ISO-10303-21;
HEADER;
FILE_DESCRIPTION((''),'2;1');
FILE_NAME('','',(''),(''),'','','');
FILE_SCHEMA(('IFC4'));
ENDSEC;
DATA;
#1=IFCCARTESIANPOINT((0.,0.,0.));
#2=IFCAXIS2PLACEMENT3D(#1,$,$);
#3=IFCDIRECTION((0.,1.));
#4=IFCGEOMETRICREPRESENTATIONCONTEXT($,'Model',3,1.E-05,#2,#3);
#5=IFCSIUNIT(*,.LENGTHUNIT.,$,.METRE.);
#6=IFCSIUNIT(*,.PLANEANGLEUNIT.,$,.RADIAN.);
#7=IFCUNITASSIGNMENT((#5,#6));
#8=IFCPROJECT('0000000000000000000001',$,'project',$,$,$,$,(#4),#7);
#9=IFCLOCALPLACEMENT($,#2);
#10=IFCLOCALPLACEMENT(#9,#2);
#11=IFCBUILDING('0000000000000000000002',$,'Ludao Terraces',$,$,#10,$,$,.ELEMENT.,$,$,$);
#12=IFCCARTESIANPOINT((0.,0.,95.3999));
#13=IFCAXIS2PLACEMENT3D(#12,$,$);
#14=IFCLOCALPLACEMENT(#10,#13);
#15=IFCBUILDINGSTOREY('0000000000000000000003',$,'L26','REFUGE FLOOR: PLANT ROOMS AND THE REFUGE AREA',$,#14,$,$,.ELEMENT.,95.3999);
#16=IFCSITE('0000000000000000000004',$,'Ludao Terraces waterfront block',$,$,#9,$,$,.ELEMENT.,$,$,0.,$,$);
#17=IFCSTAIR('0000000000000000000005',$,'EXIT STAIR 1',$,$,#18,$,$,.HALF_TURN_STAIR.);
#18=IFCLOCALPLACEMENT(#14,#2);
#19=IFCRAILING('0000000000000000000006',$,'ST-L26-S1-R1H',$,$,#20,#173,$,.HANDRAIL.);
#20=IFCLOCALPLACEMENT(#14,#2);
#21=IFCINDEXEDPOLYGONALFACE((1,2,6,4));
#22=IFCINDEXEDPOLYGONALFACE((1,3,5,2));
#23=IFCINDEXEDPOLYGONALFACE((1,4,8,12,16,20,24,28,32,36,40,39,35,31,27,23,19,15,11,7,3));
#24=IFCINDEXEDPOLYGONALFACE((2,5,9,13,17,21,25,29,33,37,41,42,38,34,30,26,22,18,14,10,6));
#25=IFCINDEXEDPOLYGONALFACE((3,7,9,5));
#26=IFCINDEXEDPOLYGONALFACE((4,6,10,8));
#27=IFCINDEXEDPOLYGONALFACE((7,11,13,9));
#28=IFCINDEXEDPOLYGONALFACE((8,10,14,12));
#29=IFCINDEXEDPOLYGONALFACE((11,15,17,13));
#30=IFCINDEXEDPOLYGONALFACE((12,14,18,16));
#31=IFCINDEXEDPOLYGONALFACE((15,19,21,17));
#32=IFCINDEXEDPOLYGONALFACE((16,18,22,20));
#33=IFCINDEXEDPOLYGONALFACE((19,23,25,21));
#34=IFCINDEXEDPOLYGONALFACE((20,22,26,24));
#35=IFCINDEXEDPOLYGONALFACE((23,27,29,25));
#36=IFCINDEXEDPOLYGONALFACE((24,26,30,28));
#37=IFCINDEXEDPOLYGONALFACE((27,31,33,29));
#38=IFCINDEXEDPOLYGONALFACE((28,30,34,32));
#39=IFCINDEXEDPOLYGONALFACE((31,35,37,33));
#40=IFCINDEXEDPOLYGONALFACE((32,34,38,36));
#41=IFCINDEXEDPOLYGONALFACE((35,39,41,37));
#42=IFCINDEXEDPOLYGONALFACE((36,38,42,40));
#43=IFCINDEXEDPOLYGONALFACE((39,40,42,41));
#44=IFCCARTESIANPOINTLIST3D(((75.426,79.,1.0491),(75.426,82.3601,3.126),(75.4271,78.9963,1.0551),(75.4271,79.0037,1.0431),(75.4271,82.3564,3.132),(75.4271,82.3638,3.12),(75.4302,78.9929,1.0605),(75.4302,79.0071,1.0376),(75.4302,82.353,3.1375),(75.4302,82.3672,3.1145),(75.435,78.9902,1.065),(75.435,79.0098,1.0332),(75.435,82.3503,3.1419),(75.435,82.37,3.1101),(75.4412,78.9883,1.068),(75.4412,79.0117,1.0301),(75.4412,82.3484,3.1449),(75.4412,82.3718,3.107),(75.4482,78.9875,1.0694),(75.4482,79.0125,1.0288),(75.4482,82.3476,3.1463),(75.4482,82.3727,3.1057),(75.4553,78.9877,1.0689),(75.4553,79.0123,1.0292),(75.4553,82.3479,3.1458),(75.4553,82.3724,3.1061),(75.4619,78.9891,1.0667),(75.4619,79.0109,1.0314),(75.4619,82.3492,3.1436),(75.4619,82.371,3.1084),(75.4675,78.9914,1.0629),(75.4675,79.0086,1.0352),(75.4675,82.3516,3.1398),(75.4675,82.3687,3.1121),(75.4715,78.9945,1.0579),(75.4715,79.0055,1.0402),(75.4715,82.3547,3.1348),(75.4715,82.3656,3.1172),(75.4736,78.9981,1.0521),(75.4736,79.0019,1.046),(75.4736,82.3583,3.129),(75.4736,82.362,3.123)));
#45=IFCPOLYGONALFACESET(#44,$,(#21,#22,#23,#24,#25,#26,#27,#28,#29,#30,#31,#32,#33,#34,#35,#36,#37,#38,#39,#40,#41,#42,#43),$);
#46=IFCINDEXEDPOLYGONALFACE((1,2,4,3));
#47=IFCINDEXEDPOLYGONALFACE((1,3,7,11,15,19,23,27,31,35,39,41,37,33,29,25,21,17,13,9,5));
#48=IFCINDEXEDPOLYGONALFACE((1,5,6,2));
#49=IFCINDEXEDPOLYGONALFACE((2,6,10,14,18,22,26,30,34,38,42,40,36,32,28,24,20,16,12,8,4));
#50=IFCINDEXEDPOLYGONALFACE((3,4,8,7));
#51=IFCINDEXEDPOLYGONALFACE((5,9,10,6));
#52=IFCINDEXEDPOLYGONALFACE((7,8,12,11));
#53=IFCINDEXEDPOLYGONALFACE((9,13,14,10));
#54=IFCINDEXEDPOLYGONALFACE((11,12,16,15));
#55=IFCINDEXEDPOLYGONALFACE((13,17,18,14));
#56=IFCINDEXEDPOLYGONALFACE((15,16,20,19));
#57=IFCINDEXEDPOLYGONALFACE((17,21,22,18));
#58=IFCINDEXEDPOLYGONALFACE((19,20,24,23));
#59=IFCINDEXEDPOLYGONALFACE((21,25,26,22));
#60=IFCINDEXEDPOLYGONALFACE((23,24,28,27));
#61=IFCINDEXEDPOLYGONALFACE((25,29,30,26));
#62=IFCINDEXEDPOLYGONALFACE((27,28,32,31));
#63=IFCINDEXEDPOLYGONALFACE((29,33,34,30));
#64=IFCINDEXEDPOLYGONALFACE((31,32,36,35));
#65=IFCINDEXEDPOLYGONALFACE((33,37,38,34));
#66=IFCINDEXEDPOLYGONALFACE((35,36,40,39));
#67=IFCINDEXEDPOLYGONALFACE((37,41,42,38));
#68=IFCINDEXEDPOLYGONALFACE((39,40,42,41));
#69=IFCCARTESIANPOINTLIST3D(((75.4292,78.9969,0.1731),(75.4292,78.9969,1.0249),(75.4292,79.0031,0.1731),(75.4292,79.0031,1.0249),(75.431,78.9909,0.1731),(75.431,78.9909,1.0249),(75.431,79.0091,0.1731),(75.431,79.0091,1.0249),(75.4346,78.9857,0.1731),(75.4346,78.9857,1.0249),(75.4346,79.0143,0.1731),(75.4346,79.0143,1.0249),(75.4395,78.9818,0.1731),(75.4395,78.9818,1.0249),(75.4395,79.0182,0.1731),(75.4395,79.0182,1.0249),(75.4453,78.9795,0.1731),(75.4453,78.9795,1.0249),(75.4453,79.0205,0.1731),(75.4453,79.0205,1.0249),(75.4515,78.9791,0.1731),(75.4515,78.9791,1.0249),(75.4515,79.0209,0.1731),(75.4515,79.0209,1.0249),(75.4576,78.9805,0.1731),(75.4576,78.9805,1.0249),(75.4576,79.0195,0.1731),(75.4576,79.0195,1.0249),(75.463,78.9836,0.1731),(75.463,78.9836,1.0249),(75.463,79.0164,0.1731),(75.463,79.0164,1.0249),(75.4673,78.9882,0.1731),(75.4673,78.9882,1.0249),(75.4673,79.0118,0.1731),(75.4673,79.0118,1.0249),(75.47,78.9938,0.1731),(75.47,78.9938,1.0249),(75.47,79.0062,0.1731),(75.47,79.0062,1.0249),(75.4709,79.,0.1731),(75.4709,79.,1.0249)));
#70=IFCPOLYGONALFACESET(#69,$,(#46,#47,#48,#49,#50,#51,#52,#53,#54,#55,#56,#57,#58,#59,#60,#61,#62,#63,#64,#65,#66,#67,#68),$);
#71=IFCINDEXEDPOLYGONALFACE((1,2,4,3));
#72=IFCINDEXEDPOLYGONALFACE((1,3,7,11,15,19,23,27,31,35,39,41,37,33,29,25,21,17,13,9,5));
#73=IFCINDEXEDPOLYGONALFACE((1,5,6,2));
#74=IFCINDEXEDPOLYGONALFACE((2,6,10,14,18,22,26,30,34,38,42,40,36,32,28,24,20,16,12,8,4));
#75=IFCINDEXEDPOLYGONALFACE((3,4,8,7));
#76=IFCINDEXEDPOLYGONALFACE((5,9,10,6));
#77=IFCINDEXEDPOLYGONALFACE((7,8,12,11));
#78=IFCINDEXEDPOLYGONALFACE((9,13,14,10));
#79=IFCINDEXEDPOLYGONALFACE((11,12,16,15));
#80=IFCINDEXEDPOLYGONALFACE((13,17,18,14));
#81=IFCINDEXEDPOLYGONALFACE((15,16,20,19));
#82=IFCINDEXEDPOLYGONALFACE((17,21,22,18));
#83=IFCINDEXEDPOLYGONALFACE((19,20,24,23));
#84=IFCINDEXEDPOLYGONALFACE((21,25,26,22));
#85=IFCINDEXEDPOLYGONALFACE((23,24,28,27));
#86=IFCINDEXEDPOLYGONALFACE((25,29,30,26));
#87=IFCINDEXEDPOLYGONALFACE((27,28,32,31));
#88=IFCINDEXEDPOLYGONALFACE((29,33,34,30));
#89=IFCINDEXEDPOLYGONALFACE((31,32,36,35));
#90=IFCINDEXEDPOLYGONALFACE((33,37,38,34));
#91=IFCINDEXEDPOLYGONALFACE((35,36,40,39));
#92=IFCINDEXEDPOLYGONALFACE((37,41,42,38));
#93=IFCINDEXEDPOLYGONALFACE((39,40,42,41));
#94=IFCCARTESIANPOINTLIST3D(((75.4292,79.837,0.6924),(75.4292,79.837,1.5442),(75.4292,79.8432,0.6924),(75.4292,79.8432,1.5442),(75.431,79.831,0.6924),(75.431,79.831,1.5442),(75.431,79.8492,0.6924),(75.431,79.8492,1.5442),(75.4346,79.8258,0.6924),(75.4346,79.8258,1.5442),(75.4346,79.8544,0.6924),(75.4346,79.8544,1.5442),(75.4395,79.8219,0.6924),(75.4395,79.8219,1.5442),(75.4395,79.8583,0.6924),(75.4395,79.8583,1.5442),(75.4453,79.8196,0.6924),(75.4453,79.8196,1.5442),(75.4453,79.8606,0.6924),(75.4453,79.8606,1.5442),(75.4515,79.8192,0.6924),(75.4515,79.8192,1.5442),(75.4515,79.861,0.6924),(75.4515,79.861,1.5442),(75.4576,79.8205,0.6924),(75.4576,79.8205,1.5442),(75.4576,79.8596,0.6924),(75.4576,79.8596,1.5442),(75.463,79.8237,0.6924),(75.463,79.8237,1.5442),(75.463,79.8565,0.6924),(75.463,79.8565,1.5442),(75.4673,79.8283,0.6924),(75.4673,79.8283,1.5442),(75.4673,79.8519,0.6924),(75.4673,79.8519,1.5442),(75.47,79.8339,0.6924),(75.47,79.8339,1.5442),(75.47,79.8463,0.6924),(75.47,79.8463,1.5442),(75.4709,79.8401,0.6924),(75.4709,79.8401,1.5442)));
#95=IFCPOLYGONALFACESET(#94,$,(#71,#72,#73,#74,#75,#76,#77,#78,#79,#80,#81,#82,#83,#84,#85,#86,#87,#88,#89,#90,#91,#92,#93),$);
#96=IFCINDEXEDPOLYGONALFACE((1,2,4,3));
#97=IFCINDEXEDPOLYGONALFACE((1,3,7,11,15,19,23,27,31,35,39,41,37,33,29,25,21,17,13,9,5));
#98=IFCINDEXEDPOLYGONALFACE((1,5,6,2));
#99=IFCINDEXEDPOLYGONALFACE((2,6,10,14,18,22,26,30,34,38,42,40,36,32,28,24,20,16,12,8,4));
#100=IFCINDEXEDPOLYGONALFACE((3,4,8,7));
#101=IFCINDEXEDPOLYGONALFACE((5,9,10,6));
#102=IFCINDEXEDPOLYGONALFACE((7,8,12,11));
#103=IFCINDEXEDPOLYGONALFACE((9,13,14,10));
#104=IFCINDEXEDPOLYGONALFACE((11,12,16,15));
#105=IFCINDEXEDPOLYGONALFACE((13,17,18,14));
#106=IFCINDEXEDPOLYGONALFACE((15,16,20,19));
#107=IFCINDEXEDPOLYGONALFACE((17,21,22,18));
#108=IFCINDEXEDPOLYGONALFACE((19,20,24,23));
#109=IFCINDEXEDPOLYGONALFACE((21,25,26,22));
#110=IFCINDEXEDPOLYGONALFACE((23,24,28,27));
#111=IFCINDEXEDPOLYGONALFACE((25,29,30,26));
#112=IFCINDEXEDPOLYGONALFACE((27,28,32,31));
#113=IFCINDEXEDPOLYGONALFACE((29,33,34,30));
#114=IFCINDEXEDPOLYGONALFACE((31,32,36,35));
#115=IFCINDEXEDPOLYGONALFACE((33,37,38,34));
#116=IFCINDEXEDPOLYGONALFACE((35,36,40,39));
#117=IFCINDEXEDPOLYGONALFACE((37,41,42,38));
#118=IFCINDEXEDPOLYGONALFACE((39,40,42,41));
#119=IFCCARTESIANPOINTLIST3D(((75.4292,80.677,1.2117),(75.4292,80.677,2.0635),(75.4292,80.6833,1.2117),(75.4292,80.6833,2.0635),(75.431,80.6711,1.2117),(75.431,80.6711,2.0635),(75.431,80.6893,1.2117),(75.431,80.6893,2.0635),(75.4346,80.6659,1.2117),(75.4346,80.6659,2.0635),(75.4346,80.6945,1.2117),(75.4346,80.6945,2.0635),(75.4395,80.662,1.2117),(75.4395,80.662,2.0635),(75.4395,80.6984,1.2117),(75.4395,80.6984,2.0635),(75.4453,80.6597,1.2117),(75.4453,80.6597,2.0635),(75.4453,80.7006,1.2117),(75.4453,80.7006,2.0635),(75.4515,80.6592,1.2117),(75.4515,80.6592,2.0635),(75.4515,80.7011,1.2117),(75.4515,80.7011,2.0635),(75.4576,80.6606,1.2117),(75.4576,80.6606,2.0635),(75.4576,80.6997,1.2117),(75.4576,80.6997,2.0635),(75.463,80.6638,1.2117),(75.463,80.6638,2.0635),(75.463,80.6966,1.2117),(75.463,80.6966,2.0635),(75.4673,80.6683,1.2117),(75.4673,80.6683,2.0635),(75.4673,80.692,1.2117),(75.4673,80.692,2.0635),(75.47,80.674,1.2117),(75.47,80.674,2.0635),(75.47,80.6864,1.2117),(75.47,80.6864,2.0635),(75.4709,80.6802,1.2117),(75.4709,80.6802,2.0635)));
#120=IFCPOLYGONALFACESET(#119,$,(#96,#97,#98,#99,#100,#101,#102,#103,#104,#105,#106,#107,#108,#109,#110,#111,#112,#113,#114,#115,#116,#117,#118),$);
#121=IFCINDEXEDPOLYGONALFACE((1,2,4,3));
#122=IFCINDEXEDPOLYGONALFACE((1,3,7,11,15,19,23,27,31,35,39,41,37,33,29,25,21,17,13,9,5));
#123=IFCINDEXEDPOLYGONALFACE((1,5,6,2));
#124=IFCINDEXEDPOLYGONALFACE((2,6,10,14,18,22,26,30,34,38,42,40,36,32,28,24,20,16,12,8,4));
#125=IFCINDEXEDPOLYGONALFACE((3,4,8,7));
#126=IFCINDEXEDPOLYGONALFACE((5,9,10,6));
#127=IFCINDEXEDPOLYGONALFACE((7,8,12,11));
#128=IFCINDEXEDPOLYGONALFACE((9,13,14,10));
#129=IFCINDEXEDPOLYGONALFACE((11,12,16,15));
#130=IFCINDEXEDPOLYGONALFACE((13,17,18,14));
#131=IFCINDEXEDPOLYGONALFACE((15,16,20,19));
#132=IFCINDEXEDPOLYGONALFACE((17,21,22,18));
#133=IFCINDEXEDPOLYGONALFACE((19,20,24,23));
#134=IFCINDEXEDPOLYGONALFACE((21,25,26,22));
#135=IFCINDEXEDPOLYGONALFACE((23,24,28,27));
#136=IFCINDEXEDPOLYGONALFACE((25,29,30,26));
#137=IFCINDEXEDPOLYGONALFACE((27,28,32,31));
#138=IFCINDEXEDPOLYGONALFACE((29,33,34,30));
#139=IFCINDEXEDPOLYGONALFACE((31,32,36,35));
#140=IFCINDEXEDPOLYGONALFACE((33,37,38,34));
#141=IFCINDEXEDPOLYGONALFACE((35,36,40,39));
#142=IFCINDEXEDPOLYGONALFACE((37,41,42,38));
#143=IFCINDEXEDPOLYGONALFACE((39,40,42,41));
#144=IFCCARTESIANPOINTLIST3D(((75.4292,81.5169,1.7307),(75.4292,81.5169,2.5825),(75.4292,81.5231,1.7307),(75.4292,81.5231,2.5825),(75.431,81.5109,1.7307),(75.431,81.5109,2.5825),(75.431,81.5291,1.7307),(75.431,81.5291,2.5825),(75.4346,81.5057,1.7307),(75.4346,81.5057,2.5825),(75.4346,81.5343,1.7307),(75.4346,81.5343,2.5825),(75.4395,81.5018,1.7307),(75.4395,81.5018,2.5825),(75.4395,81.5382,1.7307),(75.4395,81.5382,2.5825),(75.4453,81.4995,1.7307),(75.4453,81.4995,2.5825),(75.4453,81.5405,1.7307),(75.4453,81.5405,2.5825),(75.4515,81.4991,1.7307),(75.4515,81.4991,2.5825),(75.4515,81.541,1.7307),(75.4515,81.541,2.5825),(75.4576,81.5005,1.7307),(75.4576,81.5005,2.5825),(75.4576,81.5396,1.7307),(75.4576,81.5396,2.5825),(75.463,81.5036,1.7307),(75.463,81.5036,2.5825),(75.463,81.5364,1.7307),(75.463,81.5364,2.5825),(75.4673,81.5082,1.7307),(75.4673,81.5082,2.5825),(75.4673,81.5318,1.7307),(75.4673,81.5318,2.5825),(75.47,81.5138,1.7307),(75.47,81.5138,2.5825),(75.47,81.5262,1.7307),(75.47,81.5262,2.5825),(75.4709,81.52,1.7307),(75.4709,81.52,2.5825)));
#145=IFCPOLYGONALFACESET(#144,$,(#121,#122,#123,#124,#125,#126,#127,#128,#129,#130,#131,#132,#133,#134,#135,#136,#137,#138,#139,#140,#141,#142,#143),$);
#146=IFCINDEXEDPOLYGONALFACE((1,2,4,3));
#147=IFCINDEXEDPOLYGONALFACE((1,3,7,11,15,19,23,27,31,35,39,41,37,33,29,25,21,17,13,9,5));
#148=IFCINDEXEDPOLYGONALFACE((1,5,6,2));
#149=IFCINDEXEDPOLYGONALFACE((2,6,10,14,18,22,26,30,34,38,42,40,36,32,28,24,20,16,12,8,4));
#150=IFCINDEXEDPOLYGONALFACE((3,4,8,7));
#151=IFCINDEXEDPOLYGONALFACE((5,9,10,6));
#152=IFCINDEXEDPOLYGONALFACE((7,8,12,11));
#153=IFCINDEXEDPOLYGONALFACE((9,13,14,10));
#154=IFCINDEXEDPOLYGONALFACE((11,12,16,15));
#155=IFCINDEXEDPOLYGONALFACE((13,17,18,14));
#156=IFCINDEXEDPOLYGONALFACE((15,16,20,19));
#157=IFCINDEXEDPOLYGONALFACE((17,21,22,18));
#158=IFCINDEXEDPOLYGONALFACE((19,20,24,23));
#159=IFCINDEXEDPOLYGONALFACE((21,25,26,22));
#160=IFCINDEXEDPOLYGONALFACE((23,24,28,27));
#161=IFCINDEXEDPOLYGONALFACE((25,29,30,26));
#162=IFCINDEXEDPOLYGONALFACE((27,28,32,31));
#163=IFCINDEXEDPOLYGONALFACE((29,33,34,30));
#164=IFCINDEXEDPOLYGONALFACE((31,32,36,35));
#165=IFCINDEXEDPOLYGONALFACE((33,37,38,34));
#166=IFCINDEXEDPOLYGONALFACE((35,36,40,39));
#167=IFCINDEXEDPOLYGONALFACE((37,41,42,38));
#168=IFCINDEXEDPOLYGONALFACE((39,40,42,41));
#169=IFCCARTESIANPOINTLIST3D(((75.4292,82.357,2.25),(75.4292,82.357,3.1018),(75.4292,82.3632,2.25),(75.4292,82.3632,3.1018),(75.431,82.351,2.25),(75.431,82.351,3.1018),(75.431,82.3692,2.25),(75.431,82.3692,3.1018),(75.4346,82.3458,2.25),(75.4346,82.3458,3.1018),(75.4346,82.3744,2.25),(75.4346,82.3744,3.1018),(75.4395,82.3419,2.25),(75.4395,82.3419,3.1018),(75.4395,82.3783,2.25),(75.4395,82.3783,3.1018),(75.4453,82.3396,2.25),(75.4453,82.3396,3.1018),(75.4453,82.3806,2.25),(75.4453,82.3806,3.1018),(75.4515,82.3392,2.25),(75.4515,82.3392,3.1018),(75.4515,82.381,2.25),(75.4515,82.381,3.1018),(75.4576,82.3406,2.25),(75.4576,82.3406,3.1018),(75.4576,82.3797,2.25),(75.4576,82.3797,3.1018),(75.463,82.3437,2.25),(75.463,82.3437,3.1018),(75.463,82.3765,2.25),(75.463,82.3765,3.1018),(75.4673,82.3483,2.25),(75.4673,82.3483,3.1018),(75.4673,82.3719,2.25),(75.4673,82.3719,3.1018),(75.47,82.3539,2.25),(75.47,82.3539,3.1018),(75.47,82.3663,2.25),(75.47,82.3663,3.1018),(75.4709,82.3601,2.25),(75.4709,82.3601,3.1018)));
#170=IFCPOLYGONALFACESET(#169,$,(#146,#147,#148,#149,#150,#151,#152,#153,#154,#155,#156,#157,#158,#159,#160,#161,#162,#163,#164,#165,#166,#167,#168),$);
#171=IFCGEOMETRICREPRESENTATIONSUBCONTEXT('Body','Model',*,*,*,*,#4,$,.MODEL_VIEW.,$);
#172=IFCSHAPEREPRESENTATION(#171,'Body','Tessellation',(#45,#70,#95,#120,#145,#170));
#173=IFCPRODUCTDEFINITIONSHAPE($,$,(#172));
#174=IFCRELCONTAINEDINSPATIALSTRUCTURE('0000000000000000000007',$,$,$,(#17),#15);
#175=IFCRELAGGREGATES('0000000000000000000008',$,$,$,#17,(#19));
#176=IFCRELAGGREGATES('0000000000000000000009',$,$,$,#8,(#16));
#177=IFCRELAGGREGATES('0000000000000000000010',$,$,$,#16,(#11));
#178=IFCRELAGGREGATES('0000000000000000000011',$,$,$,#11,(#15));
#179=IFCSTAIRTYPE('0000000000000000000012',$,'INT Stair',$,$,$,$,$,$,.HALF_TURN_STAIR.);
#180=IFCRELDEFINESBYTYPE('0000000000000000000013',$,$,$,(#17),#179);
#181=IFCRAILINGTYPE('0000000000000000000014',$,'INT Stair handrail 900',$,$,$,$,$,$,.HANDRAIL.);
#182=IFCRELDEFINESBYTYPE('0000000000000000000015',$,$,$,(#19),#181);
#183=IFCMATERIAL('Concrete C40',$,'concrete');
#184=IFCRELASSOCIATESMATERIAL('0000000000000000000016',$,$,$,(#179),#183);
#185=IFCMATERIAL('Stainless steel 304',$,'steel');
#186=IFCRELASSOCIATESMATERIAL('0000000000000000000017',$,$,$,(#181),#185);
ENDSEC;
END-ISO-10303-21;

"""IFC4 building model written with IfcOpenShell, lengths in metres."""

from ifc_helpers import new_model, si_unit, direction, frame, origin, origin_2d, place, context, subcontext, project, spatial, circle, extrude, material, type_object, element, aggregate, save


model = new_model("IFC4")

# Units and contexts
model_context = context("Model", 3, precision=1e-05, world=origin(), true_north=direction((0.0, 1.0)))
body_context = subcontext(model_context, "Body", "Model", "MODEL_VIEW")
ifc_project = project(units=[si_unit("LENGTHUNIT", "METRE"), si_unit("PLANEANGLEUNIT", "RADIAN")], contexts=[model_context])

# Site, building, storey
site_placement = place(None, origin())
site = spatial("IfcSite", under=ifc_project, at=site_placement, Name="Ludao Terraces waterfront block", CompositionType="ELEMENT", RefElevation=0.0)
building_placement = place(site_placement, origin())
building = spatial("IfcBuilding", under=site, at=building_placement, Name="Ludao Terraces", CompositionType="ELEMENT")
storey_placement = place(building_placement, frame((0.0, 0.0, 95.3999)))
storey = spatial("IfcBuildingStorey", under=building, at=storey_placement, Name="L26", Description="REFUGE FLOOR: PLANT ROOMS AND THE REFUGE AREA", CompositionType="ELEMENT", Elevation=95.3999)

# Shared definitions
ifc_material_1 = material(Name="Stainless steel 304", Category="steel")

# Stair, railing
ifc_material_2 = material(Name="Concrete C40", Category="concrete")
stair_type = type_object("IfcStairType", Name="INT Stair", PredefinedType="HALF_TURN_STAIR", material=ifc_material_2)
stair_placement = place(storey_placement, origin())
stair = element("IfcStair", 1, at=stair_placement, inside=storey, type_object=stair_type, Name="EXIT STAIR 1", PredefinedType="HALF_TURN_STAIR")
railing_type_1 = type_object("IfcRailingType", Name="INT Stair handrail 900", PredefinedType="HANDRAIL", material=ifc_material_1)
railing_1_placement = place(storey_placement, frame((75.45, 79.0, 0.1731)))
railing_1 = element("IfcRailing", 2, at=railing_1_placement, type_object=railing_type_1, Name="ST-L26-S1-R1H", PredefinedType="HANDRAIL", context=body_context, shape_type="SweptSolid", body=[
    extrude(circle(Radius=0.0239, at=origin_2d()), frame((0.0, 0.0, 0.876), z_axis=(0.0, 0.850623, 0.525776), x_axis=(-1.0, 0.0, 0.0)), (0.0, 0.0, 1.0), 3.9502),
    extrude(circle(Radius=0.021, at=origin_2d()), origin(), (0.0, 0.0, 1.0), 0.8518),
    extrude(circle(Radius=0.021, at=origin_2d()), frame((0.0, 0.8401, 0.5193)), (0.0, 0.0, 1.0), 0.8518),
    extrude(circle(Radius=0.021, at=origin_2d()), frame((0.0, 1.6802, 1.0386)), (0.0, 0.0, 1.0), 0.8518),
    extrude(circle(Radius=0.021, at=origin_2d()), frame((0.0, 2.52, 1.5576)), (0.0, 0.0, 1.0), 0.8518),
    extrude(circle(Radius=0.021, at=origin_2d()), frame((0.0, 3.3601, 2.0769)), (0.0, 0.0, 1.0), 0.8518),
])
aggregate(stair, [railing_1])

save(model, "model.ifc")
